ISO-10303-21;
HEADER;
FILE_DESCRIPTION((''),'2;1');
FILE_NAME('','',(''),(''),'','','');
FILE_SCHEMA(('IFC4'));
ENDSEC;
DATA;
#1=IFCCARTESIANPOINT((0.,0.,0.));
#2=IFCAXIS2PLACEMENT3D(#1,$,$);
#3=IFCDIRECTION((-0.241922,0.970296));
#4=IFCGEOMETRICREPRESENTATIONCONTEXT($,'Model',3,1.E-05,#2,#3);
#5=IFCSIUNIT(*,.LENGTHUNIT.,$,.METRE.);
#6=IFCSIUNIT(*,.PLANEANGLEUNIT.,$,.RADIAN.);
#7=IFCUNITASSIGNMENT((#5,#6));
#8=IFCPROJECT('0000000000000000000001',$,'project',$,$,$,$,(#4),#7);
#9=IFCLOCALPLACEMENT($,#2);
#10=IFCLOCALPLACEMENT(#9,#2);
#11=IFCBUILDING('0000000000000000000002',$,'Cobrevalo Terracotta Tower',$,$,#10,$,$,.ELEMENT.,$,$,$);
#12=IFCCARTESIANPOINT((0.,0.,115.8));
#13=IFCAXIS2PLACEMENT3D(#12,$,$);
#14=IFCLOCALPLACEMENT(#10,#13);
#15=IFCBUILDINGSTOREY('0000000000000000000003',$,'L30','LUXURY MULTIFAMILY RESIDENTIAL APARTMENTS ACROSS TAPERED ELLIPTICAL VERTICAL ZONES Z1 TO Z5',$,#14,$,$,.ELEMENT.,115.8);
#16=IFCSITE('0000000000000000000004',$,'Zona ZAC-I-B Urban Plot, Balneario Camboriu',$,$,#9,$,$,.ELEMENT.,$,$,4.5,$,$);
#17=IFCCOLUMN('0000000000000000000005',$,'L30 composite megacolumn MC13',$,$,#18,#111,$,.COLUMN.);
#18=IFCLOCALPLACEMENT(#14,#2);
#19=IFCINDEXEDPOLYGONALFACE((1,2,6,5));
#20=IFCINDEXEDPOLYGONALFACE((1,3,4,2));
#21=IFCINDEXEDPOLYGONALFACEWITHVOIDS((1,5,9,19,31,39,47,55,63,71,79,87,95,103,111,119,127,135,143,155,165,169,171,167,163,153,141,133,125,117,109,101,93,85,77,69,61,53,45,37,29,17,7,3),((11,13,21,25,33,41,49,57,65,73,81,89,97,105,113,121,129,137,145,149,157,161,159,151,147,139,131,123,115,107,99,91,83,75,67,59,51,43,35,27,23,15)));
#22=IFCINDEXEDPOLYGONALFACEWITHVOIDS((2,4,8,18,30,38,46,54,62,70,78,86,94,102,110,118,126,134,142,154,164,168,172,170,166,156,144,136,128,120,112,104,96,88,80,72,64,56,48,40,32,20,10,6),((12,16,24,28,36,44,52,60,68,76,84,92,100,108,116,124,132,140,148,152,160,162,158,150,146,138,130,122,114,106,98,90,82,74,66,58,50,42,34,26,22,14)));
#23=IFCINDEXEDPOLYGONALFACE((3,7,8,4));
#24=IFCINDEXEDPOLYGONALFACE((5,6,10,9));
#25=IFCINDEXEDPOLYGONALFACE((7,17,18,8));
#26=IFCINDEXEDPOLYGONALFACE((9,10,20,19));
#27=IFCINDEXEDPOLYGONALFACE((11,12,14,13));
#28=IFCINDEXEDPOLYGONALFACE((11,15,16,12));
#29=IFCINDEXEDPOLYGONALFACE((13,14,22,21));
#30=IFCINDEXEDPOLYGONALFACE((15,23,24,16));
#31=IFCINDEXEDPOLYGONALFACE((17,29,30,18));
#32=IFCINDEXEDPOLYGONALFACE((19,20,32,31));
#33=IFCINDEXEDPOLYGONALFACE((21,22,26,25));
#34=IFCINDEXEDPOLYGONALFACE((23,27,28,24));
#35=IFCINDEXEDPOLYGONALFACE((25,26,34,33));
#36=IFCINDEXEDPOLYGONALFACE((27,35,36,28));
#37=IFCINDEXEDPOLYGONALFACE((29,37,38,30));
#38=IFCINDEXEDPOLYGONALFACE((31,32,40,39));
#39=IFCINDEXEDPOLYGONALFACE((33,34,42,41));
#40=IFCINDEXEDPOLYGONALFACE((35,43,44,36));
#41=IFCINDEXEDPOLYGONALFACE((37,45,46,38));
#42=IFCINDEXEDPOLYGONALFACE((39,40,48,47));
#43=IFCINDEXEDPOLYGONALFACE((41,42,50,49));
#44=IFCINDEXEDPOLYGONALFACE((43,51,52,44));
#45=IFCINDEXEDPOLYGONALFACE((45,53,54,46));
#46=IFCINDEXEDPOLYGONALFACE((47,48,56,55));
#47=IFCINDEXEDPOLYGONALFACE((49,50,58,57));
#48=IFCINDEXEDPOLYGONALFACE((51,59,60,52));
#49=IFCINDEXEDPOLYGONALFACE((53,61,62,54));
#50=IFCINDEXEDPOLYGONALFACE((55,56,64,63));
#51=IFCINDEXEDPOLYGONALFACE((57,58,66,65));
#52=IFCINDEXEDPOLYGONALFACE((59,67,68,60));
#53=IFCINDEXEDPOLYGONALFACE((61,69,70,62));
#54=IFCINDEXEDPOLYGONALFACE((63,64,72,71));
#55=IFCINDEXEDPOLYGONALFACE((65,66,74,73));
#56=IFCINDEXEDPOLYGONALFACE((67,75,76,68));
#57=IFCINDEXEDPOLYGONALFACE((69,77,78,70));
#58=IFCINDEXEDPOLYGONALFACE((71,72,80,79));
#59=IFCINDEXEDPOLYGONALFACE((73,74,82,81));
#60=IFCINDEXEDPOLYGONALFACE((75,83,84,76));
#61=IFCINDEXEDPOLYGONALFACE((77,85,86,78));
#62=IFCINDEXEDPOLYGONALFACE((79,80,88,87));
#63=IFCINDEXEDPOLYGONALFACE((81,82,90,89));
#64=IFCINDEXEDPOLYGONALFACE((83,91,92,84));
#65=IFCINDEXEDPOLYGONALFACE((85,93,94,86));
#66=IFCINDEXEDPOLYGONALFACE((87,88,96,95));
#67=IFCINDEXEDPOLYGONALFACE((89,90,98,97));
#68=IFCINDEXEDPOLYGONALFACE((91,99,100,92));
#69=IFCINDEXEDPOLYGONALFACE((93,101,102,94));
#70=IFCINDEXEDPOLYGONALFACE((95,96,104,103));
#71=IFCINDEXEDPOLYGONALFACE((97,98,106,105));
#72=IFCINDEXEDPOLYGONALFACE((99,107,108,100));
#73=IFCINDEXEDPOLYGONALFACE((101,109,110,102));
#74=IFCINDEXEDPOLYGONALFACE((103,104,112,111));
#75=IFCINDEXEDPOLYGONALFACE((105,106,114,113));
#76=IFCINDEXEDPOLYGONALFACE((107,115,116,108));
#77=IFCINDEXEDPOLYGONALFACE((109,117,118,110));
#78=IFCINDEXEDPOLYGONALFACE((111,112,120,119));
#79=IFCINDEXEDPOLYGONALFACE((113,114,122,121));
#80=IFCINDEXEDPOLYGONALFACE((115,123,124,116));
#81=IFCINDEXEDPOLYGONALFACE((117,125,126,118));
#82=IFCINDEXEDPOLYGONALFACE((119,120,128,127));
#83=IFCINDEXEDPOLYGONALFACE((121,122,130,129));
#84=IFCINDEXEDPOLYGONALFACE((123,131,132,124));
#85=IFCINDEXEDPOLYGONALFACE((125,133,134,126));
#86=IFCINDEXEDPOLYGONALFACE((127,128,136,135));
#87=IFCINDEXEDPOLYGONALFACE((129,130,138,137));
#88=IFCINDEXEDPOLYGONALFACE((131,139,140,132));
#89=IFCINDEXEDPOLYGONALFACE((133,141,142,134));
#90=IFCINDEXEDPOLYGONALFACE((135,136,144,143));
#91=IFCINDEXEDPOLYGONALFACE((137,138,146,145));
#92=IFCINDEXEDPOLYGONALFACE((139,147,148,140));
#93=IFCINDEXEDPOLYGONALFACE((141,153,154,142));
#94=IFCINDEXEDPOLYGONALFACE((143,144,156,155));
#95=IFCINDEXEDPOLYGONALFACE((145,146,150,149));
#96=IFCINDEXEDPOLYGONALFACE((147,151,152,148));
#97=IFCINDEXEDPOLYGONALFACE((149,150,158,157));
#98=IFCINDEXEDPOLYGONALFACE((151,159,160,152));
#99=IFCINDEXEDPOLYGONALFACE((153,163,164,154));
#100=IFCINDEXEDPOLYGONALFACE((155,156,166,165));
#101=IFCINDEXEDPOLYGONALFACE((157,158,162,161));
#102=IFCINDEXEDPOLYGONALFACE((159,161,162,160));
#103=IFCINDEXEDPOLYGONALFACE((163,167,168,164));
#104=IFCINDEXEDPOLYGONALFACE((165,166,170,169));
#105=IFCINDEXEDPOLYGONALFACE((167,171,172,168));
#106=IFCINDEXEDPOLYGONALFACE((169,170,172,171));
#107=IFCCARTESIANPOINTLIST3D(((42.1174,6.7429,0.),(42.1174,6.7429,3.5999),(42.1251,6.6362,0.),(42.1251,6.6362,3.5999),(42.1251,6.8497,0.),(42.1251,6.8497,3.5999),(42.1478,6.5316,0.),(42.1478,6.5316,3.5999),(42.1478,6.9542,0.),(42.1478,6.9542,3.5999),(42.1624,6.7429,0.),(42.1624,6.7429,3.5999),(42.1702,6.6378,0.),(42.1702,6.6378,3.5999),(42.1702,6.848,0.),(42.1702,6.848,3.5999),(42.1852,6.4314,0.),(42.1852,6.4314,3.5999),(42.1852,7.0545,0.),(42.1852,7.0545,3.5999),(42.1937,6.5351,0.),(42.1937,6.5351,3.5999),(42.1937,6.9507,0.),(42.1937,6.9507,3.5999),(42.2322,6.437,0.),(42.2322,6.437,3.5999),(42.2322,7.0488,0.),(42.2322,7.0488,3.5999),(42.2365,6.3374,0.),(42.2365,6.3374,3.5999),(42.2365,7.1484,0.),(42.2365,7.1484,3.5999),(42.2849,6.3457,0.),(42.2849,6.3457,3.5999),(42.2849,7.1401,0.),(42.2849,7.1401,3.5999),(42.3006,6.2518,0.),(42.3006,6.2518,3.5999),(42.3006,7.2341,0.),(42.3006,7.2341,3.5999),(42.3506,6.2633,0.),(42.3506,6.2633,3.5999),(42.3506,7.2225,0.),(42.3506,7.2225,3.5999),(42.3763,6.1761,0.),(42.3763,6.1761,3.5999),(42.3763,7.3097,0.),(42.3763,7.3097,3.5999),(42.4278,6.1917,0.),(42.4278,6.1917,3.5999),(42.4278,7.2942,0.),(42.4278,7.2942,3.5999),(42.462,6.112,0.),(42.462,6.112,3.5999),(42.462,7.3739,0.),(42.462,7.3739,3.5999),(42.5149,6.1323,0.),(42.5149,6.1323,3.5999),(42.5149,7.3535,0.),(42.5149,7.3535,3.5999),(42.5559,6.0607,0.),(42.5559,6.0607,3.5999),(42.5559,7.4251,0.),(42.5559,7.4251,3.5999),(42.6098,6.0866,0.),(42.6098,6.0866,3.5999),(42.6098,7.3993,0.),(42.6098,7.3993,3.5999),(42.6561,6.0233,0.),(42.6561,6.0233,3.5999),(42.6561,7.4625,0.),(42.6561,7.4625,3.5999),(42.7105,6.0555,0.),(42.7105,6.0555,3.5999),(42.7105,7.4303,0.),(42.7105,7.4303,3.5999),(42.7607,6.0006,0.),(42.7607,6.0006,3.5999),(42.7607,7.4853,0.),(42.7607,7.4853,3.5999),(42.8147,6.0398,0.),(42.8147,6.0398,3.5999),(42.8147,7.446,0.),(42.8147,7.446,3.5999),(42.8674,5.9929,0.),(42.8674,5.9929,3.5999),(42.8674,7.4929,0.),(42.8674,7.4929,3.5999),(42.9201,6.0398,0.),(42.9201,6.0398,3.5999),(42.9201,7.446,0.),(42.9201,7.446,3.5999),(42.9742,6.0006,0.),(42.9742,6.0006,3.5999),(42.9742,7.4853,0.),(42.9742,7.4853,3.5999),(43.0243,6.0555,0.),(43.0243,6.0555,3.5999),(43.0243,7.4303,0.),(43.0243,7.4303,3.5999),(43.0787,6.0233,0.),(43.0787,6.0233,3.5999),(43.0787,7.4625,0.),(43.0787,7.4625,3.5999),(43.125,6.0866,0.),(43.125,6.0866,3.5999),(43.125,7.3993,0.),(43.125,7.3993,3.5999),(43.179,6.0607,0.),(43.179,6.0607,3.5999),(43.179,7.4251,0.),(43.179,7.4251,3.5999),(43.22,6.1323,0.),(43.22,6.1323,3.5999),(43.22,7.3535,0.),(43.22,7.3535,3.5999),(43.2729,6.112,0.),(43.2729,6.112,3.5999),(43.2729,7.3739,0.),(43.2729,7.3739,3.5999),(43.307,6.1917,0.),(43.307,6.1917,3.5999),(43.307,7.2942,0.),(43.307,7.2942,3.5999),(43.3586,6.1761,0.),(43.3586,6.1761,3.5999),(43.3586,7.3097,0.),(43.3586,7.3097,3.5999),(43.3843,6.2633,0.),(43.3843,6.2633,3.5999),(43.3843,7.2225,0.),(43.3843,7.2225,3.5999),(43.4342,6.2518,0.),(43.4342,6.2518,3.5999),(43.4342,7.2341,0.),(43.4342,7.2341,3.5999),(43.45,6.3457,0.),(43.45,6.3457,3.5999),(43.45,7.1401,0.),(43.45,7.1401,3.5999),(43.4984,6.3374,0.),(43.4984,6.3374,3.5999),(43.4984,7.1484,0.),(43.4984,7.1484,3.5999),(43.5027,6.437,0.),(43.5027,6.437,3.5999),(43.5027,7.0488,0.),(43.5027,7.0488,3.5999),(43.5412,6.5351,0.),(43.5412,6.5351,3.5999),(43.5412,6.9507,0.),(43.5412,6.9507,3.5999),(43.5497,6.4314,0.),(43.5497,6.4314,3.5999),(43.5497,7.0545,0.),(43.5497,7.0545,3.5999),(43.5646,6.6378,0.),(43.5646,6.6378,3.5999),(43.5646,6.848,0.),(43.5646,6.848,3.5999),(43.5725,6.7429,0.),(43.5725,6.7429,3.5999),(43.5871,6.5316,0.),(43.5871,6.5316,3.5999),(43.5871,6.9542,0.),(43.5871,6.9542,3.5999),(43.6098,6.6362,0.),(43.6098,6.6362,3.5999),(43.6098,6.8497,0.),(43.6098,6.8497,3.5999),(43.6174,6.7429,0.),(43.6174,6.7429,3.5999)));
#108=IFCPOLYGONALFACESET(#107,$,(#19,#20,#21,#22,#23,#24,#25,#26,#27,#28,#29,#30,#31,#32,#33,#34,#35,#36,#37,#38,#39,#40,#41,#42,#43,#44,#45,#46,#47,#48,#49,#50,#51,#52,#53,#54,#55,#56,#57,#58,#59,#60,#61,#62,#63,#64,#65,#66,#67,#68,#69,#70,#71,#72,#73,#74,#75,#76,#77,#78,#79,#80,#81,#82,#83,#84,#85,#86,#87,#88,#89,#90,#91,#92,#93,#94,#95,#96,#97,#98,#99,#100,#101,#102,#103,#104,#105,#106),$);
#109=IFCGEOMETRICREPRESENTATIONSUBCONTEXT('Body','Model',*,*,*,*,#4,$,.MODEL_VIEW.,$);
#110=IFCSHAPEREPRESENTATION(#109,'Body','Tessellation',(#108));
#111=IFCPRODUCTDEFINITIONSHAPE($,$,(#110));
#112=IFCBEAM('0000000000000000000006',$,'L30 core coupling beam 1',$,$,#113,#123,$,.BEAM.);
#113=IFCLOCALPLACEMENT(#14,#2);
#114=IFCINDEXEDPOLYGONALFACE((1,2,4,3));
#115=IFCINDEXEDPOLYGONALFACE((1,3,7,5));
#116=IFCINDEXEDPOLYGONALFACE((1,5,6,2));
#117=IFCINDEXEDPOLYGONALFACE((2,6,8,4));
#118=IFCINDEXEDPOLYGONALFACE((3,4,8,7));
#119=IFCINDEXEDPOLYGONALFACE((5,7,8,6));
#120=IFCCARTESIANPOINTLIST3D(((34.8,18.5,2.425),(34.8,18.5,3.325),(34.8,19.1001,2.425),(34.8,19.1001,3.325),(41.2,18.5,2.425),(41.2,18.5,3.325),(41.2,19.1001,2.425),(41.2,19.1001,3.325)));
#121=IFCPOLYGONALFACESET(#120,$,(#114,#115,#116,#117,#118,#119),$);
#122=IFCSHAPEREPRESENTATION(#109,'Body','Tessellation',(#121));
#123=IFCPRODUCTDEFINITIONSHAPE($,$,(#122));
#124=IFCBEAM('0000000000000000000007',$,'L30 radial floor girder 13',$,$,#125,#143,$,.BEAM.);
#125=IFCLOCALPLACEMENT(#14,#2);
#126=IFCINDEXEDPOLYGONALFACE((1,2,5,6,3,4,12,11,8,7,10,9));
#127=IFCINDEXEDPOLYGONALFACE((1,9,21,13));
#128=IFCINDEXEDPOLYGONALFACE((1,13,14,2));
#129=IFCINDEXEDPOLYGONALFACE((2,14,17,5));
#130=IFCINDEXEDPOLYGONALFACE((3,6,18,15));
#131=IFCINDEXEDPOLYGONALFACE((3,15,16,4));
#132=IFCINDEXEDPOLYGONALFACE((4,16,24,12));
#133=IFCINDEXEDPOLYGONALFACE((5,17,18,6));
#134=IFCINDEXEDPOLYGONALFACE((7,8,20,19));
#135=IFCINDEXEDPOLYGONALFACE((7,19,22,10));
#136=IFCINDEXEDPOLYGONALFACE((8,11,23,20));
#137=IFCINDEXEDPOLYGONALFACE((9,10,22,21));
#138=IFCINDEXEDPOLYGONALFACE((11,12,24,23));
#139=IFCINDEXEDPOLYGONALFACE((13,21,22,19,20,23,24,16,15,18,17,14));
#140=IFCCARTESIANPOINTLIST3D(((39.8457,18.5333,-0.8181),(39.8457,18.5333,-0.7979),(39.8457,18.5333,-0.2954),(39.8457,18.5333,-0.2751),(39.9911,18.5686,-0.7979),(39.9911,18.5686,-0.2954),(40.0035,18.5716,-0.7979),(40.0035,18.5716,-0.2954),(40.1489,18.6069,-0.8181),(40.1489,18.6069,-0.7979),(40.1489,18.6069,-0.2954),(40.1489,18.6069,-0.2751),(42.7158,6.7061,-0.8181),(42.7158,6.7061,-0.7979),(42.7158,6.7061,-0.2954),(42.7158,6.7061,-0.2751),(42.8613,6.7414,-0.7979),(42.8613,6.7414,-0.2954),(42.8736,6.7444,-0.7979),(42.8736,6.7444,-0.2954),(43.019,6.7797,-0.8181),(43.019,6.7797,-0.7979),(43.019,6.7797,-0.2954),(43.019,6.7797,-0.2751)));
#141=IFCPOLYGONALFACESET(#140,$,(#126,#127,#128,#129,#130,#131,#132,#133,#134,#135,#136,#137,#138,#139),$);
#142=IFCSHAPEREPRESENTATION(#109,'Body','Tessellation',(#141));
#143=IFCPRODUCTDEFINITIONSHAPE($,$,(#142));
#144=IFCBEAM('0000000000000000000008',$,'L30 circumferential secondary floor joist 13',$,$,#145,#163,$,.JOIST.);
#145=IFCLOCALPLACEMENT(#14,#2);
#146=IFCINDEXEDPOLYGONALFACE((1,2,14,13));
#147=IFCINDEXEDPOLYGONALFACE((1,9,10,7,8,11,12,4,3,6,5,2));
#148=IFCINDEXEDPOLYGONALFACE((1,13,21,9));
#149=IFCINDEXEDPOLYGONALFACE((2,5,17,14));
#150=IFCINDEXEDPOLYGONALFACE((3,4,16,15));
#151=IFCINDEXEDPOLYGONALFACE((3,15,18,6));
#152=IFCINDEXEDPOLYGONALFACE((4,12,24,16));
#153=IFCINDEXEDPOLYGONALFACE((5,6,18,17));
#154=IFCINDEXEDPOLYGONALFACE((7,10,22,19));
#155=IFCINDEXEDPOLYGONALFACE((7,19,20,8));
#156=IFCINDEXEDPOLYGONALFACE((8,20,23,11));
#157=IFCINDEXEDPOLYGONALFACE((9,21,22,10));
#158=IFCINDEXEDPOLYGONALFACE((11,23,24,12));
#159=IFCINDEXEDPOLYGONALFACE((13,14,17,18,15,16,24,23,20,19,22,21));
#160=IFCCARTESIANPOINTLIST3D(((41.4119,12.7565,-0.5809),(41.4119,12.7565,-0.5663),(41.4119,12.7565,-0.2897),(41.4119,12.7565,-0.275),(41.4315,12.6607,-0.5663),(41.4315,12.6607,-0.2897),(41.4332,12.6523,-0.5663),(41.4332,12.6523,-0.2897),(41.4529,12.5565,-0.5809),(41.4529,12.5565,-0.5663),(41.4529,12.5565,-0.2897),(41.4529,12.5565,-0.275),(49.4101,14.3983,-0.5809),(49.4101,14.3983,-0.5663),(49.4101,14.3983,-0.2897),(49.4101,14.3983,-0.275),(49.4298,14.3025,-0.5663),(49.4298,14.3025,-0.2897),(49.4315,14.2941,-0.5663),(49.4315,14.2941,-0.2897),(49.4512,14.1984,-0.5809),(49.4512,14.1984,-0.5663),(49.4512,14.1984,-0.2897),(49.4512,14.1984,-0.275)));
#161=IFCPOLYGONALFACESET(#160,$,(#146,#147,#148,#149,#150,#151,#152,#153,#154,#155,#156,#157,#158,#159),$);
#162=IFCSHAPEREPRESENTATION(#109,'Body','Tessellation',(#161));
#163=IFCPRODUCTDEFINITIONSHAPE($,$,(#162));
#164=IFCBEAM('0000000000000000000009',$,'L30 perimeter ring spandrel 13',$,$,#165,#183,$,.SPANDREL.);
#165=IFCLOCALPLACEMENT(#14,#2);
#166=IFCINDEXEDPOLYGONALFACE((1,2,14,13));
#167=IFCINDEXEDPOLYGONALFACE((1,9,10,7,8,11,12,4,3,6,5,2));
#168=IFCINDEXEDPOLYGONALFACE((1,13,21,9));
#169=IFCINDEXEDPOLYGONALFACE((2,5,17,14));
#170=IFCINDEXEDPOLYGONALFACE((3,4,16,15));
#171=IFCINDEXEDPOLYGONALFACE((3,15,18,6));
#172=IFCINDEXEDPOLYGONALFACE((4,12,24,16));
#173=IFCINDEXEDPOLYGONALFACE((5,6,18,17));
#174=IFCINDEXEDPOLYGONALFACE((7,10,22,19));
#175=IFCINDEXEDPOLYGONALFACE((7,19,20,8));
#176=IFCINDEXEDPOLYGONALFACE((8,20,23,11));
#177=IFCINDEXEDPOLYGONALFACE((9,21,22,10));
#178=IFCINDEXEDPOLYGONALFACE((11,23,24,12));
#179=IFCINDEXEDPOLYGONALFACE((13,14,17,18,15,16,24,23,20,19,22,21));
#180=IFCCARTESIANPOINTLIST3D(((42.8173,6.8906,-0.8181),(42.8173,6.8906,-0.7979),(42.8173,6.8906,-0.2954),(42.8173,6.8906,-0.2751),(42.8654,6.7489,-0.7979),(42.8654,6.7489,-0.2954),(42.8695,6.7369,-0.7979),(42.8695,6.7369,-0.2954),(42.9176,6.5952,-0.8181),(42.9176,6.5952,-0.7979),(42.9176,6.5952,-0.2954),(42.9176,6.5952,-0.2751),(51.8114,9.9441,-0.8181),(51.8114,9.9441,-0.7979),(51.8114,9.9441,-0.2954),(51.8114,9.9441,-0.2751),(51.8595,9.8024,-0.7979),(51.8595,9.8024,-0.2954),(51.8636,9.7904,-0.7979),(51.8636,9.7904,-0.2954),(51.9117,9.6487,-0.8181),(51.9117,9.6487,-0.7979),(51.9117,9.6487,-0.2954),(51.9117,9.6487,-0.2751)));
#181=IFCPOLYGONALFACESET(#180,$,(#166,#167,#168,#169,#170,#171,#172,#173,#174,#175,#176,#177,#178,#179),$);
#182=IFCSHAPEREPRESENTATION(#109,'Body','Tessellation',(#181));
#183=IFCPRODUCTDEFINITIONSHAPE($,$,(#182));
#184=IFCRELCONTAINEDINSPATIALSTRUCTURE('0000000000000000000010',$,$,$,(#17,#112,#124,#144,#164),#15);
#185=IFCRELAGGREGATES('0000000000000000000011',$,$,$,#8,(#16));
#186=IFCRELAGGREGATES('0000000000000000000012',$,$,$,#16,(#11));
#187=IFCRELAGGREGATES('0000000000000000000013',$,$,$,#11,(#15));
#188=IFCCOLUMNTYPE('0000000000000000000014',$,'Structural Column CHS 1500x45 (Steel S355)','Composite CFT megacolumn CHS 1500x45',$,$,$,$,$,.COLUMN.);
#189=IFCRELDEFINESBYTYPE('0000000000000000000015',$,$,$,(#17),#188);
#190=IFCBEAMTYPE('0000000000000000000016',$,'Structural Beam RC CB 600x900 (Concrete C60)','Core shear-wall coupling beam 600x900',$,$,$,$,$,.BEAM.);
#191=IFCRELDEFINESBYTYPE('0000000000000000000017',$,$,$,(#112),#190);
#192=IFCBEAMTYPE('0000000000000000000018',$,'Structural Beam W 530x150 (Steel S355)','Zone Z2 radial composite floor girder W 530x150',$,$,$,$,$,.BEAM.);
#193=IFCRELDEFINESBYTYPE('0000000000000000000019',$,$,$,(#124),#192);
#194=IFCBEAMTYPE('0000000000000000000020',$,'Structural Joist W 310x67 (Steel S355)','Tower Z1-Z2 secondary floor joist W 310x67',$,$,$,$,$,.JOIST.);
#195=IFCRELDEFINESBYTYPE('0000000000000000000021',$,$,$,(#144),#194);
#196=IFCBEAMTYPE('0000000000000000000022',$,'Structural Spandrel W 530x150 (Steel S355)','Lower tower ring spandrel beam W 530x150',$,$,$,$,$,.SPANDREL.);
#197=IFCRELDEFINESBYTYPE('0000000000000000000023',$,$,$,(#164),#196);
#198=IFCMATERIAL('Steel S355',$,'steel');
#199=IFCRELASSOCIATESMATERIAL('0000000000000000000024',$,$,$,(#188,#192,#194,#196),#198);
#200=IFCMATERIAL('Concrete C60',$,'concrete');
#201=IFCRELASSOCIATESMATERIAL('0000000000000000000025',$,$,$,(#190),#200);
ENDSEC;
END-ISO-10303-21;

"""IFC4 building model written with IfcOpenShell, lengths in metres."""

from ifc_helpers import new_model, si_unit, direction, frame, origin, origin_2d, place, context, subcontext, project, spatial, rectangle, hollow_circle, i_section, extrude, material, material_profile, profile_set, type_object, element, save


model = new_model("IFC4")

# Units and contexts
model_context = context("Model", 3, precision=1e-05, world=origin(), true_north=direction((-0.241922, 0.970296)))
body_context = subcontext(model_context, "Body", "Model", "MODEL_VIEW")
ifc_project = project(units=[si_unit("LENGTHUNIT", "METRE"), si_unit("PLANEANGLEUNIT", "RADIAN")], contexts=[model_context])

# Site, building, storey
site_placement = place(None, origin())
site = spatial("IfcSite", under=ifc_project, at=site_placement, Name="Zona ZAC-I-B Urban Plot, Balneario Camboriu", CompositionType="ELEMENT", RefElevation=4.5)
building_placement = place(site_placement, origin())
building = spatial("IfcBuilding", under=site, at=building_placement, Name="Cobrevalo Terracotta Tower", CompositionType="ELEMENT")
storey_placement = place(building_placement, frame((0.0, 0.0, 115.8)))
storey = spatial("IfcBuildingStorey", under=building, at=storey_placement, Name="L30", Description="LUXURY MULTIFAMILY RESIDENTIAL APARTMENTS ACROSS TAPERED ELLIPTICAL VERTICAL ZONES Z1 TO Z5", CompositionType="ELEMENT", Elevation=115.8)

# Column
ifc_material_1 = material(Name="Steel S355", Category="steel")
ifc_material_profile_1 = material_profile(ifc_material_1, hollow_circle(Radius=0.75, WallThickness=0.0449, at=origin_2d()), Name="CHS 1500x45")
ifc_profile_set_1 = profile_set([ifc_material_profile_1], Name="Steel S355")
column_type = type_object("IfcColumnType", Name="Structural Column CHS 1500x45 (Steel S355)", Description="Composite CFT megacolumn CHS 1500x45", PredefinedType="COLUMN", material=ifc_profile_set_1)
column_placement = place(storey_placement, frame((42.8674, 6.7429, 0.0), z_axis=(0.0, 0.0, 1.0), x_axis=(1.0, 0.0, 0.0)))
element("IfcColumn", 1, at=column_placement, inside=storey, type_object=column_type, Name="L30 composite megacolumn MC13", PredefinedType="COLUMN", context=body_context, shape_type="SweptSolid", body=[
    extrude(hollow_circle(Radius=0.75, WallThickness=0.0449, at=origin_2d()), origin(), (0.0, 0.0, 1.0), 3.5999),
])

# Beams
ifc_material_2 = material(Name="Concrete C60", Category="concrete")
ifc_material_profile_2 = material_profile(ifc_material_2, rectangle(XDim=0.6001, YDim=0.8999, at=origin_2d()), Name="RC CB 600x900")
ifc_profile_set_2 = profile_set([ifc_material_profile_2], Name="Concrete C60")
beam_type_1 = type_object("IfcBeamType", Name="Structural Beam RC CB 600x900 (Concrete C60)", Description="Core shear-wall coupling beam 600x900", PredefinedType="BEAM", material=ifc_profile_set_2)
beam_1_placement = place(storey_placement, frame((34.8, 18.8, 2.875), z_axis=(1.0, 0.0, 0.0), x_axis=(0.0, 1.0, 0.0)))
element("IfcBeam", 2, at=beam_1_placement, inside=storey, type_object=beam_type_1, Name="L30 core coupling beam 1", PredefinedType="BEAM", context=body_context, shape_type="SweptSolid", body=[
    extrude(rectangle(XDim=0.6001, YDim=0.8999, at=origin_2d()), origin(), (0.0, 0.0, 1.0), 6.3999),
])
ifc_material_profile_3 = material_profile(ifc_material_1, i_section(OverallWidth=0.312, OverallDepth=0.543, WebThickness=0.0127, FlangeThickness=0.0203, at=origin_2d()), Name="W 530x150")
ifc_profile_set_3 = profile_set([ifc_material_profile_3], Name="Steel S355")
beam_type_2 = type_object("IfcBeamType", Name="Structural Beam W 530x150 (Steel S355)", Description="Zone Z2 radial composite floor girder W 530x150", PredefinedType="BEAM", material=ifc_profile_set_3)
beam_2_placement = place(storey_placement, frame((42.8674, 6.7429, -0.5466), z_axis=(-0.235827, 0.971795, 0.0), x_axis=(-0.971795, -0.235827, 0.0)))
element("IfcBeam", 3, at=beam_2_placement, inside=storey, type_object=beam_type_2, Name="L30 radial floor girder 13", PredefinedType="BEAM", context=body_context, shape_type="SweptSolid", body=[
    extrude(i_section(OverallWidth=0.312, OverallDepth=0.543, WebThickness=0.0127, FlangeThickness=0.0203, at=origin_2d()), origin(), (0.0, 0.0, 1.0), 12.1704),
])
ifc_material_profile_4 = material_profile(ifc_material_1, i_section(OverallWidth=0.2041, OverallDepth=0.3059, WebThickness=0.0085, FlangeThickness=0.0146, at=origin_2d()), Name="W 310x67")
ifc_profile_set_4 = profile_set([ifc_material_profile_4], Name="Steel S355")
beam_type_3 = type_object("IfcBeamType", Name="Structural Joist W 310x67 (Steel S355)", Description="Tower Z1-Z2 secondary floor joist W 310x67", PredefinedType="JOIST", material=ifc_profile_set_4)
beam_3_placement = place(storey_placement, frame((41.4324, 12.6565, -0.428), z_axis=(0.979574, 0.201082, 0.0), x_axis=(-0.201082, 0.979574, 0.0)))
element("IfcBeam", 4, at=beam_3_placement, inside=storey, type_object=beam_type_3, Name="L30 circumferential secondary floor joist 13", PredefinedType="JOIST", context=body_context, shape_type="SweptSolid", body=[
    extrude(i_section(OverallWidth=0.2041, OverallDepth=0.3059, WebThickness=0.0085, FlangeThickness=0.0146, at=origin_2d()), origin(), (0.0, 0.0, 1.0), 8.165),
])
ifc_material_profile_5 = material_profile(ifc_material_1, i_section(OverallWidth=0.312, OverallDepth=0.543, WebThickness=0.0127, FlangeThickness=0.0203, at=origin_2d()), Name="W 530x150")
ifc_profile_set_5 = profile_set([ifc_material_profile_5], Name="Steel S355")
beam_type_4 = type_object("IfcBeamType", Name="Structural Spandrel W 530x150 (Steel S355)", Description="Lower tower ring spandrel beam W 530x150", PredefinedType="SPANDREL", material=ifc_profile_set_5)
beam_4_placement = place(storey_placement, frame((42.8674, 6.7429, -0.5466), z_axis=(0.946918, 0.321474, 0.0), x_axis=(-0.321474, 0.946918, 0.0)))
element("IfcBeam", 5, at=beam_4_placement, inside=storey, type_object=beam_type_4, Name="L30 perimeter ring spandrel 13", PredefinedType="SPANDREL", context=body_context, shape_type="SweptSolid", body=[
    extrude(i_section(OverallWidth=0.312, OverallDepth=0.543, WebThickness=0.0127, FlangeThickness=0.0203, at=origin_2d()), origin(), (0.0, 0.0, 1.0), 9.4983),
])

save(model, "model.ifc")
